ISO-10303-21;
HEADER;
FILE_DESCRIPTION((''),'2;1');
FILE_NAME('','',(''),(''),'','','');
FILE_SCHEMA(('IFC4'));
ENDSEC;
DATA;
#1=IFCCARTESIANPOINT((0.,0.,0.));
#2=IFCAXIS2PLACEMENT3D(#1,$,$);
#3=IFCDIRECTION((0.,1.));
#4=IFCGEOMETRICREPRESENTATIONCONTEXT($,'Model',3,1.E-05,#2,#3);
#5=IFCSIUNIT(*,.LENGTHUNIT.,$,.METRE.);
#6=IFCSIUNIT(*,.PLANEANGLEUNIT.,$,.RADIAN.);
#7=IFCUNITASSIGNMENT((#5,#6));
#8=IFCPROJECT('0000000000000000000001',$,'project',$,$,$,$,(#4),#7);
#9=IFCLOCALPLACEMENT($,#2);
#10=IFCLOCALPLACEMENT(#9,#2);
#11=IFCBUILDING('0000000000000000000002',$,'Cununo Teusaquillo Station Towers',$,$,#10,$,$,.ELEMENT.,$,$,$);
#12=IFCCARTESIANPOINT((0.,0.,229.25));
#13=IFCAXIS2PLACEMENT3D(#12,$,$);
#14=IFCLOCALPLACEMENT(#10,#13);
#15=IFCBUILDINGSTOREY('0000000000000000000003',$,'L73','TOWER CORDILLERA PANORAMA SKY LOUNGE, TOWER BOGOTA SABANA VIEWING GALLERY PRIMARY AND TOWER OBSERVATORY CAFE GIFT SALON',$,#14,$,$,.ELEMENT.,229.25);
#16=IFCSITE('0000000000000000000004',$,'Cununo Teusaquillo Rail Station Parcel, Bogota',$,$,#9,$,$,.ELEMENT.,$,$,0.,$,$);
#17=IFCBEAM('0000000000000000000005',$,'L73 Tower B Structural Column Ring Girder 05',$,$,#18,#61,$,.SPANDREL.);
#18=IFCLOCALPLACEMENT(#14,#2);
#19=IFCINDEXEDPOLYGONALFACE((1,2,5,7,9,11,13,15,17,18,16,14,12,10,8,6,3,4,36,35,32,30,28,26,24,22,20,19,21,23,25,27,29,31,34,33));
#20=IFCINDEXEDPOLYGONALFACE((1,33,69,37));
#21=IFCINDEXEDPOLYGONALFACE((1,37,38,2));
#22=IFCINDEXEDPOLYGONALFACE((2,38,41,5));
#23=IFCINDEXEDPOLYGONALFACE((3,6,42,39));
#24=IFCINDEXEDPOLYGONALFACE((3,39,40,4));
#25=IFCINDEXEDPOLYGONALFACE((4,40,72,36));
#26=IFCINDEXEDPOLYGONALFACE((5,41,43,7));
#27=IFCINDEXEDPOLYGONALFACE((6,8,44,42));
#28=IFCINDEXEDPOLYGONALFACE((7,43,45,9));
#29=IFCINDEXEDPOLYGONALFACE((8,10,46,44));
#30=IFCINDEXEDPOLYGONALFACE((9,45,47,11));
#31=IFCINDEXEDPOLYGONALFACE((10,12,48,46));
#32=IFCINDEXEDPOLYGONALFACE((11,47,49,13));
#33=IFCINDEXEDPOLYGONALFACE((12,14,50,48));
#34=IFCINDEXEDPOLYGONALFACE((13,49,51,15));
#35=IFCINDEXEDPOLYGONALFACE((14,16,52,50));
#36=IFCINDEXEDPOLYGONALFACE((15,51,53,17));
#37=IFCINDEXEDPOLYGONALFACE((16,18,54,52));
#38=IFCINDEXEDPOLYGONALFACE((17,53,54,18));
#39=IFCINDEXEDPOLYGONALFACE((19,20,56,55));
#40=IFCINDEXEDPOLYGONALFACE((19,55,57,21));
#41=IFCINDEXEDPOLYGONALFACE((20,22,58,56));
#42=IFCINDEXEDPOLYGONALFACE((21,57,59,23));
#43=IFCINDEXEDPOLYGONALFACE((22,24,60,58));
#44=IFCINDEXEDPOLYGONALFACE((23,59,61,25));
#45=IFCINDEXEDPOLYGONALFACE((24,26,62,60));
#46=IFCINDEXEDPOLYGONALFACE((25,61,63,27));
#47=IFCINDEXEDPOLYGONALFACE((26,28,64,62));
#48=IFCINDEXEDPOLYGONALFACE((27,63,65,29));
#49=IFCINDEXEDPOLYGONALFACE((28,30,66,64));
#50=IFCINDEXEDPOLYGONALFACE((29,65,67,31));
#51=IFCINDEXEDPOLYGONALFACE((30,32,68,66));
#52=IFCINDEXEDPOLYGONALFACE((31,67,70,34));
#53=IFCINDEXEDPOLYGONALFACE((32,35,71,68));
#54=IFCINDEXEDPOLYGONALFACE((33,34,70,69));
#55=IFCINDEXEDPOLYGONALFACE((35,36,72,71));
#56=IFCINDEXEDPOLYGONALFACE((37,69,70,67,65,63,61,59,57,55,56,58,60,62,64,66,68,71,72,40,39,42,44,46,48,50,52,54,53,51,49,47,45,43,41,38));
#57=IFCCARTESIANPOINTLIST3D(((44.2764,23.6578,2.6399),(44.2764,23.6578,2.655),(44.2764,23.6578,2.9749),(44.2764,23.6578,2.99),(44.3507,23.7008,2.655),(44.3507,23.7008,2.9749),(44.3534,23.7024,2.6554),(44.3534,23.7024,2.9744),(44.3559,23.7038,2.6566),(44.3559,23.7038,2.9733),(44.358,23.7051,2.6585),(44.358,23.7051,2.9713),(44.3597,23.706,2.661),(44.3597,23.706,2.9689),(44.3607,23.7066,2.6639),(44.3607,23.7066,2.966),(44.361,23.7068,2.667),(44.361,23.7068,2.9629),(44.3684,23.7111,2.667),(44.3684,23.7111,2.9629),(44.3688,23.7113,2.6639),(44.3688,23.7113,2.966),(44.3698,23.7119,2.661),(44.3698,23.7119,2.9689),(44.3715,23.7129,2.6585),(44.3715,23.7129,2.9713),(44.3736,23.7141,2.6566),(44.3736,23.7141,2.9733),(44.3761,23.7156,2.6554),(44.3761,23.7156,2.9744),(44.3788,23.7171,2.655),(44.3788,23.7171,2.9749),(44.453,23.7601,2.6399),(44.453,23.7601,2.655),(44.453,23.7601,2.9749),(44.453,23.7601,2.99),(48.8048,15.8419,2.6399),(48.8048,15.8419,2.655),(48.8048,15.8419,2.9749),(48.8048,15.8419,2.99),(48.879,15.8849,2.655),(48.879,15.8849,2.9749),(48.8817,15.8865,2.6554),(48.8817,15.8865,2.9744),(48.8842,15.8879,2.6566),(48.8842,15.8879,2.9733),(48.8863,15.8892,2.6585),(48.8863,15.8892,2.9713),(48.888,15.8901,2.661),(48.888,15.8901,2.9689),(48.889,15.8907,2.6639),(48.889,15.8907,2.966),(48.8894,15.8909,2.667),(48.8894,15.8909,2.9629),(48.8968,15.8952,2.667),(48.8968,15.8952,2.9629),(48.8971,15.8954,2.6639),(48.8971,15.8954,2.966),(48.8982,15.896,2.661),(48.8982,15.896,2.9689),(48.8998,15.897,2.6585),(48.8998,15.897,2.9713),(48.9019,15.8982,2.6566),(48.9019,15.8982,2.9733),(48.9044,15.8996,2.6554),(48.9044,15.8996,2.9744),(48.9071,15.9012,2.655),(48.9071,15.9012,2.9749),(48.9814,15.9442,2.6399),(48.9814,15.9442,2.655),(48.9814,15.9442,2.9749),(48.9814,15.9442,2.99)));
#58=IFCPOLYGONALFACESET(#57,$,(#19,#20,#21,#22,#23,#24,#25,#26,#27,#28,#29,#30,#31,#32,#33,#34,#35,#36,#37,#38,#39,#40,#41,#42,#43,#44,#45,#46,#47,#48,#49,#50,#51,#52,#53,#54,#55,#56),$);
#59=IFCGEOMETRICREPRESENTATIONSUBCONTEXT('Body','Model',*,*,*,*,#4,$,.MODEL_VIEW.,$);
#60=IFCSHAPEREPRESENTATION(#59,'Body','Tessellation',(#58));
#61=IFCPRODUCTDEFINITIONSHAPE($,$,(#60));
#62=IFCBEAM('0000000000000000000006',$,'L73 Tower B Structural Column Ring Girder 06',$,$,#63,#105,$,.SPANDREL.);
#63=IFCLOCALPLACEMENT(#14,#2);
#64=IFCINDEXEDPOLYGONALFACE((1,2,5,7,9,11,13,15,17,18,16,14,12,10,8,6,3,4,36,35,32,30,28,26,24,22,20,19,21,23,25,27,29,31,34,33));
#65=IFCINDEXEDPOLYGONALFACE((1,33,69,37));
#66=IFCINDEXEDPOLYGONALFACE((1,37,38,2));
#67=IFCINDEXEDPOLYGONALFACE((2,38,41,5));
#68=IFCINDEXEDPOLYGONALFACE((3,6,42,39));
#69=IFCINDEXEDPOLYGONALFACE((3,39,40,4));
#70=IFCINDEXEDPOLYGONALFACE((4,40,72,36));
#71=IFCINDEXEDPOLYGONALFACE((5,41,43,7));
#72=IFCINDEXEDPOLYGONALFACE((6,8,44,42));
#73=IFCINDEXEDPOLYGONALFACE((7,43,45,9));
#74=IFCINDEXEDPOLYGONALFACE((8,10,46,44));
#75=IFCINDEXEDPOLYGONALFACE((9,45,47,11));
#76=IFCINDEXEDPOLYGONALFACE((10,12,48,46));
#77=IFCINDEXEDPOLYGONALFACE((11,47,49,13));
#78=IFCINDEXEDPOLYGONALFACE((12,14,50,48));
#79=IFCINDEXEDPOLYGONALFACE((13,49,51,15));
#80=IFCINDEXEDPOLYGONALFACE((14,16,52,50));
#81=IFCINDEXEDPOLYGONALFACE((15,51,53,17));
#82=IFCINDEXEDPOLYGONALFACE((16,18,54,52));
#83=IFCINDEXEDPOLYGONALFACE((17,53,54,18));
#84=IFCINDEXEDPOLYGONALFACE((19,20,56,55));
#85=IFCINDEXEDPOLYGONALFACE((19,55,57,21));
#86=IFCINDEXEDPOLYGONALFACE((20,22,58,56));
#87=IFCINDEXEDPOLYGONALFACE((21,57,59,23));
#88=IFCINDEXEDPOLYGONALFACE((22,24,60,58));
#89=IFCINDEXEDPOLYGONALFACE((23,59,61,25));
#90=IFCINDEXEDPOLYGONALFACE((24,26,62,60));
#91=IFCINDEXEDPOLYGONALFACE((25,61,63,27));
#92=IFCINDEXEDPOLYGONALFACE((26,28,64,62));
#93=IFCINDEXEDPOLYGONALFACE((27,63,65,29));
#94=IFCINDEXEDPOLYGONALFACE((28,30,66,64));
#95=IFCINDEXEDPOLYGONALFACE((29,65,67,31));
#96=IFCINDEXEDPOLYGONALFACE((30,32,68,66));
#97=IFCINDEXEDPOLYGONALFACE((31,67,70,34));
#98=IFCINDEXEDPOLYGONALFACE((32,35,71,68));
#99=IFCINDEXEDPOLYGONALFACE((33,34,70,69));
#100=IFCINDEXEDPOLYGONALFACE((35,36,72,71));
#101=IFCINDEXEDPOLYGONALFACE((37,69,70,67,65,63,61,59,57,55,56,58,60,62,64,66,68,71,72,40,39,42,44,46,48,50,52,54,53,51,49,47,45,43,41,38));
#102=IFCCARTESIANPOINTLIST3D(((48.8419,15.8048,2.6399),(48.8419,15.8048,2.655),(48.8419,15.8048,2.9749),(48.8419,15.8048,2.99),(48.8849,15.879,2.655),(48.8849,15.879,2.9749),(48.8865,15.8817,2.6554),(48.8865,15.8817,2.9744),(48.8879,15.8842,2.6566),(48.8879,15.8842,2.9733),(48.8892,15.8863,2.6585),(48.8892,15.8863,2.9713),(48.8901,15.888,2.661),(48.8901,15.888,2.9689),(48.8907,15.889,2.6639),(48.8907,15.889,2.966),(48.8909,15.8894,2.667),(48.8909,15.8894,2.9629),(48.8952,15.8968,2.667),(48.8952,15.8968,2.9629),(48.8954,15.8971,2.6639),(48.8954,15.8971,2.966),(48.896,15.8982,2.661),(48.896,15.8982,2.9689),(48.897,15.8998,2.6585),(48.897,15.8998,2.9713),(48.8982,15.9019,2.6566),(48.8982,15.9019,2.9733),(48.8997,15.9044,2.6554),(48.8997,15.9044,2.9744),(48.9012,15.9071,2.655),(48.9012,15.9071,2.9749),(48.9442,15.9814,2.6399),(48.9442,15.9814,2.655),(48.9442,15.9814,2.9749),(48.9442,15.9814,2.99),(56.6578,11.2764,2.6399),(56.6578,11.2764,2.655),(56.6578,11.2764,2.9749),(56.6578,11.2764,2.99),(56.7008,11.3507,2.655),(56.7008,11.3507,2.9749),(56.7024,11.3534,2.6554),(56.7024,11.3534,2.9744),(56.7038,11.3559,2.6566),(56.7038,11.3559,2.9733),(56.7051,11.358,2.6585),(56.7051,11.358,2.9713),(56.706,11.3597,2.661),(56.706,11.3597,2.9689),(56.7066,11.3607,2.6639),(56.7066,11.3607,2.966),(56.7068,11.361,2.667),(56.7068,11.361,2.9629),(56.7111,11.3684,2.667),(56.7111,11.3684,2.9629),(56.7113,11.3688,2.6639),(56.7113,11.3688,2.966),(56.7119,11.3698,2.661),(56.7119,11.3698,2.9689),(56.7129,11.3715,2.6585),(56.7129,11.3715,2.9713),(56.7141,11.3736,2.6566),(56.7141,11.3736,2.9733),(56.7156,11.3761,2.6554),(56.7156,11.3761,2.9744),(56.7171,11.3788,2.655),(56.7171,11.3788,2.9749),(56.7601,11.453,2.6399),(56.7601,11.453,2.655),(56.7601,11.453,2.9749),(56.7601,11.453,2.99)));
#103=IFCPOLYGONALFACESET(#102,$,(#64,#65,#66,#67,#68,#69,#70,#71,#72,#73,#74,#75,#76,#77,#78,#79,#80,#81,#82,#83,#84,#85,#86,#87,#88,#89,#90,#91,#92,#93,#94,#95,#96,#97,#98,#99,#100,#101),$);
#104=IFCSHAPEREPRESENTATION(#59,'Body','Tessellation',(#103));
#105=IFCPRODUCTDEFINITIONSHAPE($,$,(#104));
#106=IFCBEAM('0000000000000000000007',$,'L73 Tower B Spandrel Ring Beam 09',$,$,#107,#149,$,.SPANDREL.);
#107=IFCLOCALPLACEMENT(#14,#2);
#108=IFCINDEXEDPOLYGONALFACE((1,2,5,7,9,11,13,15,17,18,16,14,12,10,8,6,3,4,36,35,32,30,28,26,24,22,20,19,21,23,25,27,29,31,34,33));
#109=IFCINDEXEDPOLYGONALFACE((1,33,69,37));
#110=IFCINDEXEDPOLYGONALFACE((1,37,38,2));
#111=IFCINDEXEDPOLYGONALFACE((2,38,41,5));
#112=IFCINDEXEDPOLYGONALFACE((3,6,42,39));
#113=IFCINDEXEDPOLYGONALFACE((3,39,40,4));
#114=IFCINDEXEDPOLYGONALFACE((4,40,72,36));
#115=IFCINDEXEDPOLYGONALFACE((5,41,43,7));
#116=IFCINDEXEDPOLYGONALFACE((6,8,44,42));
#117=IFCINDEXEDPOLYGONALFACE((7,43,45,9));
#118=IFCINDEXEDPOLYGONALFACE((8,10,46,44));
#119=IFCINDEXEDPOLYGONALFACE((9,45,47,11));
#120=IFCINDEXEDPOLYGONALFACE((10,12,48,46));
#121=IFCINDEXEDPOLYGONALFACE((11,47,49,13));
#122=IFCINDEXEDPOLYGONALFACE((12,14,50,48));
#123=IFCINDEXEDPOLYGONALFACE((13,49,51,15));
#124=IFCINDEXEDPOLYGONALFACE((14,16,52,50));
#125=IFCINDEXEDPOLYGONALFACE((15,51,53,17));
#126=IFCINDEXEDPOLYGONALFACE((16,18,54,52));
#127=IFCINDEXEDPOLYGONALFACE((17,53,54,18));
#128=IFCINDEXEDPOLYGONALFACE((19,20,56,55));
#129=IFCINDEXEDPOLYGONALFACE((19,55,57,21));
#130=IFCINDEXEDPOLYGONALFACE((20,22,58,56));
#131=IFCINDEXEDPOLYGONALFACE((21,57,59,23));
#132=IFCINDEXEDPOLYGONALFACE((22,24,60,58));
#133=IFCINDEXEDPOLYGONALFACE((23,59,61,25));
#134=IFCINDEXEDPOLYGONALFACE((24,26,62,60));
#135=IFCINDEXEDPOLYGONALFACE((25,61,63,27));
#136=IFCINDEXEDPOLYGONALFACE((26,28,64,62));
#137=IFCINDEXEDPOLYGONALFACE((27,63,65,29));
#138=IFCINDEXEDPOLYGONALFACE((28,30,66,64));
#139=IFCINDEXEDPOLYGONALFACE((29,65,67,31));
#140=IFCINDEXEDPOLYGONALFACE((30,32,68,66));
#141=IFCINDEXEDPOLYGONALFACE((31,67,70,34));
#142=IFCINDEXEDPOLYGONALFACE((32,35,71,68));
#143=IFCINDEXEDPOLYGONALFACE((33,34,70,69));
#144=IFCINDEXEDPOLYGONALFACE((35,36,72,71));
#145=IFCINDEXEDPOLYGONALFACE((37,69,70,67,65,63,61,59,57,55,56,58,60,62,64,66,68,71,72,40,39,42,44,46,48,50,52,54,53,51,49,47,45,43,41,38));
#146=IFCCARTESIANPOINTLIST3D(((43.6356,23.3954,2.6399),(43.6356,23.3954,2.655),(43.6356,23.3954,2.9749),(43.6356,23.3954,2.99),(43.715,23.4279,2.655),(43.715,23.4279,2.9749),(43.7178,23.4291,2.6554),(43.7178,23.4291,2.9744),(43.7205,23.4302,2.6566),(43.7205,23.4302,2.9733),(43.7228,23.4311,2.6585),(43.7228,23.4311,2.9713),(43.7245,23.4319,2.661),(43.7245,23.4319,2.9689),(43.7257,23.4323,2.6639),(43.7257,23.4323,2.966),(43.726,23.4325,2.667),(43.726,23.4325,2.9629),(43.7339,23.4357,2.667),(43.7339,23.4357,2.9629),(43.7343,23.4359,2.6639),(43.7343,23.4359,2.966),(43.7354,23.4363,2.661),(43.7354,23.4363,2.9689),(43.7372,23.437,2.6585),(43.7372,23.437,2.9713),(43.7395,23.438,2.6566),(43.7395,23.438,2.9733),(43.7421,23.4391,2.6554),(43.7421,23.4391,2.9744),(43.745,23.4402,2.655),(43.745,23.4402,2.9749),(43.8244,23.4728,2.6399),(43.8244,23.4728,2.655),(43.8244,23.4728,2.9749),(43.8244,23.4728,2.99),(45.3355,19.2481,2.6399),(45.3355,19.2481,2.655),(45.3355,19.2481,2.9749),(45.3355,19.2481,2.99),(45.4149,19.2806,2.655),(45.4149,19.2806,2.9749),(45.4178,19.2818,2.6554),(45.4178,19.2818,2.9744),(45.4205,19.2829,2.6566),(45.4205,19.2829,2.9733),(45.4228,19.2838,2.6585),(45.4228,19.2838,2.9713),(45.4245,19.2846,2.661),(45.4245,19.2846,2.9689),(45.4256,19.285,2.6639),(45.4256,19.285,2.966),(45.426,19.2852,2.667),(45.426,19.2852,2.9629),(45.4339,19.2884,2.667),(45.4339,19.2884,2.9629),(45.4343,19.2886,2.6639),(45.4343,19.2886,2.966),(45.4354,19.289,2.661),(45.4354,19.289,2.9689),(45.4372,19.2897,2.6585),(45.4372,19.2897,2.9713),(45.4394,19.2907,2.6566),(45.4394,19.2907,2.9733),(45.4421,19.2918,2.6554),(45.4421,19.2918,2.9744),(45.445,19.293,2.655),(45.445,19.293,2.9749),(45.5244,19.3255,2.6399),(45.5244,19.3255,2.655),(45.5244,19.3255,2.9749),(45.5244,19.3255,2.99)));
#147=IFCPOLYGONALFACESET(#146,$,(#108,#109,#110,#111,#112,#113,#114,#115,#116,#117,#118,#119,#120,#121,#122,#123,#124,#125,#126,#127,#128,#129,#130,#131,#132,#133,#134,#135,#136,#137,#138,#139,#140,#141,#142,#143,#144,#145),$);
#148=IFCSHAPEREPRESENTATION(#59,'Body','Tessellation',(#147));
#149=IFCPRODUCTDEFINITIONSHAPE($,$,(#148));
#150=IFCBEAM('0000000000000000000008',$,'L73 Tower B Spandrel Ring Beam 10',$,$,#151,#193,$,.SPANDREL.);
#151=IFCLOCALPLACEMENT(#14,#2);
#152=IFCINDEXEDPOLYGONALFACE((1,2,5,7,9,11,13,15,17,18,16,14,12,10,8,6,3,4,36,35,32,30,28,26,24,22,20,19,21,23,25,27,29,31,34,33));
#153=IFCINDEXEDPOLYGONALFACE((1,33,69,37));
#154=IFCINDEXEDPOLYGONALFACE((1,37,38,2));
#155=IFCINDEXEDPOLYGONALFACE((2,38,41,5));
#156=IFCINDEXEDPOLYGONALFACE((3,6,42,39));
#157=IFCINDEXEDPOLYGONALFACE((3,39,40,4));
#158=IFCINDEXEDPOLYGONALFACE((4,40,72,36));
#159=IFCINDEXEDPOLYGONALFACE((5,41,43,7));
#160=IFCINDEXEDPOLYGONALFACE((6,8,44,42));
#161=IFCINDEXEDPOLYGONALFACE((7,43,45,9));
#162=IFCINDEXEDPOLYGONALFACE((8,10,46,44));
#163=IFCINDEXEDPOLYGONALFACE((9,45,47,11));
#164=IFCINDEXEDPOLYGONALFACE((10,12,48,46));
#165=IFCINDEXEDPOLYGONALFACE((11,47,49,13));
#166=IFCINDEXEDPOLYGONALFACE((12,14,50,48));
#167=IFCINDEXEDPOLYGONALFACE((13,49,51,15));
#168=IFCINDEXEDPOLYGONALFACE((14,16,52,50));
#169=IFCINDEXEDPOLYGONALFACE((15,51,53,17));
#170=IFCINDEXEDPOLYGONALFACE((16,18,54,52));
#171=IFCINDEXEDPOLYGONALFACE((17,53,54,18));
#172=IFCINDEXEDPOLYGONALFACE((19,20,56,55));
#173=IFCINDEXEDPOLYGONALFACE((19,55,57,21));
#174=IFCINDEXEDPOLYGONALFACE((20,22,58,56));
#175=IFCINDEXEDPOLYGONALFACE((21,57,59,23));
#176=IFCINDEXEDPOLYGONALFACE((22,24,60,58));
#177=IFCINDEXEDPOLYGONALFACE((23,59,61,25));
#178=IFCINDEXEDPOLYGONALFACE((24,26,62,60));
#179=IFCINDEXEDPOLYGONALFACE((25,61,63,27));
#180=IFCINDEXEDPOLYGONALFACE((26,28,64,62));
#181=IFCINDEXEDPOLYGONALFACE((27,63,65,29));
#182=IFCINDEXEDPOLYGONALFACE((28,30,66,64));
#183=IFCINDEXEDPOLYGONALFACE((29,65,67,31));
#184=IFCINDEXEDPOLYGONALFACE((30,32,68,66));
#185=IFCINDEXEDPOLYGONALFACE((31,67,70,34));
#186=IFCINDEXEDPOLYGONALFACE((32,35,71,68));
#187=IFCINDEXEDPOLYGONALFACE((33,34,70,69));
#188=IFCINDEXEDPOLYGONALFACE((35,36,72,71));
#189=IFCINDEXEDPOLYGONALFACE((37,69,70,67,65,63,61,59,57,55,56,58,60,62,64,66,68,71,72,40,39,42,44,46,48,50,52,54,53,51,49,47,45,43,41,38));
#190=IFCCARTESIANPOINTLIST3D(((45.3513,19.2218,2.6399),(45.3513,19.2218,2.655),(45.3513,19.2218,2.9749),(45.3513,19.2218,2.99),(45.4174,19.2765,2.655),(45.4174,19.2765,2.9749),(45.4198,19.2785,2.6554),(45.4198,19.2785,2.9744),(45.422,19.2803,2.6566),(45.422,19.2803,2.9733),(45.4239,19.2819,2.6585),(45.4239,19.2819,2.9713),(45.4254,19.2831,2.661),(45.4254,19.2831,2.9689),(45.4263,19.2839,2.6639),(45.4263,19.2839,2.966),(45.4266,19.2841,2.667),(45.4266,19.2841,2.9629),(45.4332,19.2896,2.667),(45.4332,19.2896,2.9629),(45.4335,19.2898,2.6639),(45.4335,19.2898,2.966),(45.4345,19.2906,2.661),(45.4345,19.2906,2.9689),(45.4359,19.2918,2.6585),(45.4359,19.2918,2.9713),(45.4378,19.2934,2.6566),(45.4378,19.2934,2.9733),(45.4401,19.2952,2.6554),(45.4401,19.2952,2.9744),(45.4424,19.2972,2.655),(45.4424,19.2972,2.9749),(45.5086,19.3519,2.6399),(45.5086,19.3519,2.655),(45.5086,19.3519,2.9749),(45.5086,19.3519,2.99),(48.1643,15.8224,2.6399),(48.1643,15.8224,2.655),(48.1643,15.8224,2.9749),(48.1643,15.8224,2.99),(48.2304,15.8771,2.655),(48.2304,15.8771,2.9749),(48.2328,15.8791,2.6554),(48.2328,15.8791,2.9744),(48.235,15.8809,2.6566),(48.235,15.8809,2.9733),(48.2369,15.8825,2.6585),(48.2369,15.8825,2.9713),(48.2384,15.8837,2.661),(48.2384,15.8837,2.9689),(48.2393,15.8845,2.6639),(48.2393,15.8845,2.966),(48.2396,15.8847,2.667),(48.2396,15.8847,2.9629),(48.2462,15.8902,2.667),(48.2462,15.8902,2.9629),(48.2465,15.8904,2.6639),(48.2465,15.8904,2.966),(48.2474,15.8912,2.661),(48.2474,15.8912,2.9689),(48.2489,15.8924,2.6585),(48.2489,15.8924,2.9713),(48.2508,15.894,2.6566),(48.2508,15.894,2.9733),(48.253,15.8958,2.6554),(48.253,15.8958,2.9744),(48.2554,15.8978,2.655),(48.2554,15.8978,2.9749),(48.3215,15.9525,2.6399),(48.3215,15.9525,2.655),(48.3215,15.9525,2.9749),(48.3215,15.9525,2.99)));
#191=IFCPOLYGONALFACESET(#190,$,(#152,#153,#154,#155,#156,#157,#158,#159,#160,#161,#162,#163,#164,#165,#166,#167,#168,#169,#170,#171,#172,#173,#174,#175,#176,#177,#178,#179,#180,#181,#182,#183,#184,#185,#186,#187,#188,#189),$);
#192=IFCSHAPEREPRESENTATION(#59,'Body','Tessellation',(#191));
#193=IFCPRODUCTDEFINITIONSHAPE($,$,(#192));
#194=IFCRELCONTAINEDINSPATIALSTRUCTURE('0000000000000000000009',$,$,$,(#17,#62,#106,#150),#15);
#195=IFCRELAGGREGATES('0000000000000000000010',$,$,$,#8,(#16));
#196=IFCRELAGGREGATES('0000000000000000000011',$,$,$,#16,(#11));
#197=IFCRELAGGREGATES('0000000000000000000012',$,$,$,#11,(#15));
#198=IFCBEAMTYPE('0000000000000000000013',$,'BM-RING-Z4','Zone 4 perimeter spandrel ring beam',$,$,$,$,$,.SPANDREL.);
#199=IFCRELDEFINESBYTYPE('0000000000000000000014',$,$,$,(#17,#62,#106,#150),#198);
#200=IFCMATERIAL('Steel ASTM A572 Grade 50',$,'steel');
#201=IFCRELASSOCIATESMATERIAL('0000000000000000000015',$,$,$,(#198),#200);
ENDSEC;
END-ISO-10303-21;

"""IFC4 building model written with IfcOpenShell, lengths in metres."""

from ifc_helpers import new_model, si_unit, direction, frame, origin, origin_2d, place, context, subcontext, project, spatial, i_section, extrude, material, material_profile, profile_set, type_object, element, save


model = new_model("IFC4")

# Units and contexts
model_context = context("Model", 3, precision=1e-05, world=origin(), true_north=direction((0.0, 1.0)))
body_context = subcontext(model_context, "Body", "Model", "MODEL_VIEW")
ifc_project = project(units=[si_unit("LENGTHUNIT", "METRE"), si_unit("PLANEANGLEUNIT", "RADIAN")], contexts=[model_context])

# Site, building, storey
site_placement = place(None, origin())
site = spatial("IfcSite", under=ifc_project, at=site_placement, Name="Cununo Teusaquillo Rail Station Parcel, Bogota", CompositionType="ELEMENT", RefElevation=0.0)
building_placement = place(site_placement, origin())
building = spatial("IfcBuilding", under=site, at=building_placement, Name="Cununo Teusaquillo Station Towers", CompositionType="ELEMENT")
storey_placement = place(building_placement, frame((0.0, 0.0, 229.25)))
storey = spatial("IfcBuildingStorey", under=building, at=storey_placement, Name="L73", Description="TOWER CORDILLERA PANORAMA SKY LOUNGE, TOWER BOGOTA SABANA VIEWING GALLERY PRIMARY AND TOWER OBSERVATORY CAFE GIFT SALON", CompositionType="ELEMENT", Elevation=229.25)

# Beams
ifc_material_1 = material(Name="Steel ASTM A572 Grade 50", Category="steel")
ifc_material_profile_1 = material_profile(ifc_material_1, i_section(OverallWidth=0.2041, OverallDepth=0.3501, WebThickness=0.0085, FlangeThickness=0.0151, FilletRadius=0.012, at=origin_2d()), Name="W14X48")
ifc_profile_set_1 = profile_set([ifc_material_profile_1], Name="Steel ASTM A572 Grade 50")
beam_type_1 = type_object("IfcBeamType", Name="BM-RING-Z4", Description="Zone 4 perimeter spandrel ring beam", PredefinedType="SPANDREL", material=ifc_profile_set_1)
for number, where, z_axis, x_axis, name in (
    (1, (44.3647, 23.709, 2.8149), (0.501311, -0.865267, 0.0), (0.865267, 0.501311, 0.0), "L73 Tower B Structural Column Ring Girder 05"),
    (2, (48.8931, 15.8931, 2.8149), (0.865267, -0.501311, 0.0), (0.501311, 0.865267, 0.0), "L73 Tower B Structural Column Ring Girder 06"),
):
    element("IfcBeam", number, at=place(storey_placement, frame(where, z_axis=z_axis, x_axis=x_axis)), inside=storey, type_object=beam_type_1, Name=name, PredefinedType="SPANDREL", context=body_context, shape_type="SweptSolid", body=[
        extrude(i_section(OverallWidth=0.2041, OverallDepth=0.3501, WebThickness=0.0085, FlangeThickness=0.0151, FilletRadius=0.012, at=origin_2d()), origin(), (0.0, 0.0, 1.0), 9.033),
    ])
beam_1_placement = place(storey_placement, frame((43.73, 23.4341, 2.8149), z_axis=(0.379275, -0.925284, 0.0), x_axis=(0.925284, 0.379275, 0.0)))
element("IfcBeam", 3, at=beam_1_placement, inside=storey, type_object=beam_type_1, Name="L73 Tower B Spandrel Ring Beam 09", PredefinedType="SPANDREL", context=body_context, shape_type="SweptSolid", body=[
    extrude(i_section(OverallWidth=0.2041, OverallDepth=0.3501, WebThickness=0.0085, FlangeThickness=0.0151, FilletRadius=0.012, at=origin_2d()), origin(), (0.0, 0.0, 1.0), 4.4822),
])
beam_2_placement = place(storey_placement, frame((45.4299, 19.2869, 2.8149), z_axis=(0.637525, -0.77043, 0.0), x_axis=(0.77043, 0.637525, 0.0)))
element("IfcBeam", 4, at=beam_2_placement, inside=storey, type_object=beam_type_1, Name="L73 Tower B Spandrel Ring Beam 10", PredefinedType="SPANDREL", context=body_context, shape_type="SweptSolid", body=[
    extrude(i_section(OverallWidth=0.2041, OverallDepth=0.3501, WebThickness=0.0085, FlangeThickness=0.0151, FilletRadius=0.012, at=origin_2d()), origin(), (0.0, 0.0, 1.0), 4.4124),
])

save(model, "model.ifc")
